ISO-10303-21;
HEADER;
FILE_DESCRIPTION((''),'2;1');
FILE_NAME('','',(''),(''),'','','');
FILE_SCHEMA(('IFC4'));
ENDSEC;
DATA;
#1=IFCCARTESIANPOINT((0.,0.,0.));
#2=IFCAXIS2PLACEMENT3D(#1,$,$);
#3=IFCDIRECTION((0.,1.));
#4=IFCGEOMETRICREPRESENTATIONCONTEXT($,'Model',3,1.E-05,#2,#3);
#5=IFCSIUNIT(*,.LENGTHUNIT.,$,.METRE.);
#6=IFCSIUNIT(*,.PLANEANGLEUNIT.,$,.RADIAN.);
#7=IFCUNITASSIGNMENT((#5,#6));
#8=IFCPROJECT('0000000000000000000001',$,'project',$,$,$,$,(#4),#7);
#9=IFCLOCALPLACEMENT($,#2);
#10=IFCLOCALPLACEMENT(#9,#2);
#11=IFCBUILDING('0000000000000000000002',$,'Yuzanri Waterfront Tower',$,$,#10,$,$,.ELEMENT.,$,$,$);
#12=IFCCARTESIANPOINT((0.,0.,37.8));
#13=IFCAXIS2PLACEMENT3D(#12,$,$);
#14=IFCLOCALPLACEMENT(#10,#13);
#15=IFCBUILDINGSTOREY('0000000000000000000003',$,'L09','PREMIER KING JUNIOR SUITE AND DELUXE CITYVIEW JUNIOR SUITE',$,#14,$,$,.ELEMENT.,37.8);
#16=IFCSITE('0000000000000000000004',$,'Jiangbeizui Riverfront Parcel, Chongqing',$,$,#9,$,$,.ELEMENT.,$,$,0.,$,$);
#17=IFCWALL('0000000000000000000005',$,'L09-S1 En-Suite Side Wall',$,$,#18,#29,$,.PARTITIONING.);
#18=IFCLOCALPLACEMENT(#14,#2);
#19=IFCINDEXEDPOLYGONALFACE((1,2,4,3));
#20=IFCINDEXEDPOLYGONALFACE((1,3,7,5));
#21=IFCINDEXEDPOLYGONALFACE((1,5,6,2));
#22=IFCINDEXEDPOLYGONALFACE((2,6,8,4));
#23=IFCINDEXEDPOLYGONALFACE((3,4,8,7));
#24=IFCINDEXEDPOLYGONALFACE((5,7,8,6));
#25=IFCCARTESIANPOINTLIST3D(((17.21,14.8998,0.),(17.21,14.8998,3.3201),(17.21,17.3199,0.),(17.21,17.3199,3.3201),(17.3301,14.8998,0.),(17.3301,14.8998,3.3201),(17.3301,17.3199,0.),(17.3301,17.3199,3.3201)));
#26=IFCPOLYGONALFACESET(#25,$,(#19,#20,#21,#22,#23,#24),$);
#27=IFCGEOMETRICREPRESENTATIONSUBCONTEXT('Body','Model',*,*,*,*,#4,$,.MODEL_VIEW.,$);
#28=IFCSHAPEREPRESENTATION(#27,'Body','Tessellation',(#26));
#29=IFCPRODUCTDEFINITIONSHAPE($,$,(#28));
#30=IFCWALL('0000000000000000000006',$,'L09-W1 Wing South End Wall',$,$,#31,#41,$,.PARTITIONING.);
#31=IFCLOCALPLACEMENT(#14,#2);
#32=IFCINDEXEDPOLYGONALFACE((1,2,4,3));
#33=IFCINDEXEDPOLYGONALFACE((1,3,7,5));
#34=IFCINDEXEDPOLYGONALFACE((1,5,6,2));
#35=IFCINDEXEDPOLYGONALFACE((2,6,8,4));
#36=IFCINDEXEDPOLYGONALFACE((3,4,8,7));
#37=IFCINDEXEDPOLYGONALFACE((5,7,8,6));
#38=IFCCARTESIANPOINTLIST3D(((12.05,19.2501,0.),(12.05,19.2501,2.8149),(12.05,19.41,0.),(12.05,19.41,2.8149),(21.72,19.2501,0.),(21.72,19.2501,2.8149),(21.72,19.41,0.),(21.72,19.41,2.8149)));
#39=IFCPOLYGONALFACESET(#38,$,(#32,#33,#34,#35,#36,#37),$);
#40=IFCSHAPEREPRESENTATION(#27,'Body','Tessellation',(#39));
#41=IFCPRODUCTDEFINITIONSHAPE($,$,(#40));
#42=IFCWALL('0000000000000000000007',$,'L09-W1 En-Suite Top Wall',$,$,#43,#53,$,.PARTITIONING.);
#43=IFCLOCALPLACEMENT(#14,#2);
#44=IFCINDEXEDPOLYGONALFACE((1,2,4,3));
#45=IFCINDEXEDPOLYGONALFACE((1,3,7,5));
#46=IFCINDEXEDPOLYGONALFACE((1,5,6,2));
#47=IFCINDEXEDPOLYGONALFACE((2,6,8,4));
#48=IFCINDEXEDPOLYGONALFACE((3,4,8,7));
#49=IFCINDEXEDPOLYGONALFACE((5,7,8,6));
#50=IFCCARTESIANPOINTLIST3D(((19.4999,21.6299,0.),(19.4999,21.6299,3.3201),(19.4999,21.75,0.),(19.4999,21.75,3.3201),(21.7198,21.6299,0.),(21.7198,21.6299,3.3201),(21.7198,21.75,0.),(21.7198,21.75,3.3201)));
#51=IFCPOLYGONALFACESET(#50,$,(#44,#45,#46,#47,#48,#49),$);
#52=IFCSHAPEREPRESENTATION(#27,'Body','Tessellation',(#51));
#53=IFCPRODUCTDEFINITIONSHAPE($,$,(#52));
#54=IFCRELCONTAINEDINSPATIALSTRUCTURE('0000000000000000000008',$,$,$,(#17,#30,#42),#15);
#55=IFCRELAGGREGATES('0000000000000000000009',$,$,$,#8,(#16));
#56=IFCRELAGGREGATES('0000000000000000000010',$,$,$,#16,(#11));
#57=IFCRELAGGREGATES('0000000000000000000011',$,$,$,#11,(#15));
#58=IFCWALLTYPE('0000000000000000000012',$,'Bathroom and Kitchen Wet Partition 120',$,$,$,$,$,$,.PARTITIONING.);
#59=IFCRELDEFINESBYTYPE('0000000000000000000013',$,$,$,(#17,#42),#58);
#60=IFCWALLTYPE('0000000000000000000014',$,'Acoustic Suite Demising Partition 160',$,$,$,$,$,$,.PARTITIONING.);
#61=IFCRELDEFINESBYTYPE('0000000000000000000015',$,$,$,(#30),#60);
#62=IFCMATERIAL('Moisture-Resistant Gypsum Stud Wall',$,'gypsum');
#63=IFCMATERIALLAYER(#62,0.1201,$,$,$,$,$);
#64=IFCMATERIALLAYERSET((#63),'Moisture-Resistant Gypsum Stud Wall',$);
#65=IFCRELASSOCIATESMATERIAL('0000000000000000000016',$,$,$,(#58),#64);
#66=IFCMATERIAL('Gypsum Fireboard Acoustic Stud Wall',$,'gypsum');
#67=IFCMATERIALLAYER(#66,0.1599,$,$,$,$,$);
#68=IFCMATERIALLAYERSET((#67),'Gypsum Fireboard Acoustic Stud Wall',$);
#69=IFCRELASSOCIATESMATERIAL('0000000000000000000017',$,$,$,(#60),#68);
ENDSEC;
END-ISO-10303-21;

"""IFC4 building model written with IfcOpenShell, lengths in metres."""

from ifc_helpers import new_model, si_unit, direction, frame, frame_2d, origin, place, context, subcontext, project, spatial, rectangle, extrude, source, transform, mapped, material, layer, layer_set, type_object, element, save


model = new_model("IFC4")

# Units and contexts
model_context = context("Model", 3, precision=1e-05, world=origin(), true_north=direction((0.0, 1.0)))
body_context = subcontext(model_context, "Body", "Model", "MODEL_VIEW")
ifc_project = project(units=[si_unit("LENGTHUNIT", "METRE"), si_unit("PLANEANGLEUNIT", "RADIAN")], contexts=[model_context])

# Site, building, storey
site_placement = place(None, origin())
site = spatial("IfcSite", under=ifc_project, at=site_placement, Name="Jiangbeizui Riverfront Parcel, Chongqing", CompositionType="ELEMENT", RefElevation=0.0)
building_placement = place(site_placement, origin())
building = spatial("IfcBuilding", under=site, at=building_placement, Name="Yuzanri Waterfront Tower", CompositionType="ELEMENT")
storey_placement = place(building_placement, frame((0.0, 0.0, 37.8)))
storey = spatial("IfcBuildingStorey", under=building, at=storey_placement, Name="L09", Description="PREMIER KING JUNIOR SUITE AND DELUXE CITYVIEW JUNIOR SUITE", CompositionType="ELEMENT", Elevation=37.8)

# Shared definitions
ifc_material_1 = material(Name="Moisture-Resistant Gypsum Stud Wall", Category="gypsum")
ifc_layer_1 = layer(ifc_material_1, 0.1201)
ifc_layer_set_1 = layer_set([ifc_layer_1], Name="Moisture-Resistant Gypsum Stud Wall")
wall_type_1 = type_object("IfcWallType", Name="Bathroom and Kitchen Wet Partition 120", PredefinedType="PARTITIONING", material=ifc_layer_set_1)

# Walls
shared_shape_1 = source(origin(), body_context, "Body", "SweptSolid", [
    extrude(rectangle(XDim=2.4202, YDim=0.1201, at=frame_2d((1.21, 0.0))), origin(), (0.0, 0.0, 1.0), 3.3201),
])
wall_1_placement = place(storey_placement, frame((17.27, 14.8999, 0.0), z_axis=(0.0, 0.0, 1.0), x_axis=(0.0, 1.0, 0.0)))
element("IfcWall", 1, at=wall_1_placement, inside=storey, type_object=wall_type_1, Name="L09-S1 En-Suite Side Wall", PredefinedType="PARTITIONING", context=body_context, shape_type="MappedRepresentation", body=[
    mapped(shared_shape_1, transform((0.0, 0.0, 0.0), scale=1.0)),
])
ifc_material_2 = material(Name="Gypsum Fireboard Acoustic Stud Wall", Category="gypsum")
ifc_layer_2 = layer(ifc_material_2, 0.1599)
ifc_layer_set_2 = layer_set([ifc_layer_2], Name="Gypsum Fireboard Acoustic Stud Wall")
wall_type_2 = type_object("IfcWallType", Name="Acoustic Suite Demising Partition 160", PredefinedType="PARTITIONING", material=ifc_layer_set_2)
shared_shape_2 = source(origin(), body_context, "Body", "SweptSolid", [
    extrude(rectangle(XDim=9.6699, YDim=0.1599, at=frame_2d((4.835, 0.0))), origin(), (0.0, 0.0, 1.0), 2.8149),
])
wall_2_placement = place(storey_placement, frame((12.05, 19.3301, 0.0), z_axis=(0.0, 0.0, 1.0), x_axis=(1.0, 0.0, 0.0)))
element("IfcWall", 2, at=wall_2_placement, inside=storey, type_object=wall_type_2, Name="L09-W1 Wing South End Wall", PredefinedType="PARTITIONING", context=body_context, shape_type="MappedRepresentation", body=[
    mapped(shared_shape_2, transform((0.0, 0.0, 0.0), scale=1.0)),
])
shared_shape_3 = source(origin(), body_context, "Body", "SweptSolid", [
    extrude(rectangle(XDim=2.22, YDim=0.1201, at=frame_2d((1.1099, 0.0))), origin(), (0.0, 0.0, 1.0), 3.3201),
])
wall_3_placement = place(storey_placement, frame((19.5, 21.6899, 0.0), z_axis=(0.0, 0.0, 1.0), x_axis=(1.0, 0.0, 0.0)))
element("IfcWall", 3, at=wall_3_placement, inside=storey, type_object=wall_type_1, Name="L09-W1 En-Suite Top Wall", PredefinedType="PARTITIONING", context=body_context, shape_type="MappedRepresentation", body=[
    mapped(shared_shape_3, transform((0.0, 0.0, 0.0), scale=1.0)),
])

save(model, "model.ifc")
